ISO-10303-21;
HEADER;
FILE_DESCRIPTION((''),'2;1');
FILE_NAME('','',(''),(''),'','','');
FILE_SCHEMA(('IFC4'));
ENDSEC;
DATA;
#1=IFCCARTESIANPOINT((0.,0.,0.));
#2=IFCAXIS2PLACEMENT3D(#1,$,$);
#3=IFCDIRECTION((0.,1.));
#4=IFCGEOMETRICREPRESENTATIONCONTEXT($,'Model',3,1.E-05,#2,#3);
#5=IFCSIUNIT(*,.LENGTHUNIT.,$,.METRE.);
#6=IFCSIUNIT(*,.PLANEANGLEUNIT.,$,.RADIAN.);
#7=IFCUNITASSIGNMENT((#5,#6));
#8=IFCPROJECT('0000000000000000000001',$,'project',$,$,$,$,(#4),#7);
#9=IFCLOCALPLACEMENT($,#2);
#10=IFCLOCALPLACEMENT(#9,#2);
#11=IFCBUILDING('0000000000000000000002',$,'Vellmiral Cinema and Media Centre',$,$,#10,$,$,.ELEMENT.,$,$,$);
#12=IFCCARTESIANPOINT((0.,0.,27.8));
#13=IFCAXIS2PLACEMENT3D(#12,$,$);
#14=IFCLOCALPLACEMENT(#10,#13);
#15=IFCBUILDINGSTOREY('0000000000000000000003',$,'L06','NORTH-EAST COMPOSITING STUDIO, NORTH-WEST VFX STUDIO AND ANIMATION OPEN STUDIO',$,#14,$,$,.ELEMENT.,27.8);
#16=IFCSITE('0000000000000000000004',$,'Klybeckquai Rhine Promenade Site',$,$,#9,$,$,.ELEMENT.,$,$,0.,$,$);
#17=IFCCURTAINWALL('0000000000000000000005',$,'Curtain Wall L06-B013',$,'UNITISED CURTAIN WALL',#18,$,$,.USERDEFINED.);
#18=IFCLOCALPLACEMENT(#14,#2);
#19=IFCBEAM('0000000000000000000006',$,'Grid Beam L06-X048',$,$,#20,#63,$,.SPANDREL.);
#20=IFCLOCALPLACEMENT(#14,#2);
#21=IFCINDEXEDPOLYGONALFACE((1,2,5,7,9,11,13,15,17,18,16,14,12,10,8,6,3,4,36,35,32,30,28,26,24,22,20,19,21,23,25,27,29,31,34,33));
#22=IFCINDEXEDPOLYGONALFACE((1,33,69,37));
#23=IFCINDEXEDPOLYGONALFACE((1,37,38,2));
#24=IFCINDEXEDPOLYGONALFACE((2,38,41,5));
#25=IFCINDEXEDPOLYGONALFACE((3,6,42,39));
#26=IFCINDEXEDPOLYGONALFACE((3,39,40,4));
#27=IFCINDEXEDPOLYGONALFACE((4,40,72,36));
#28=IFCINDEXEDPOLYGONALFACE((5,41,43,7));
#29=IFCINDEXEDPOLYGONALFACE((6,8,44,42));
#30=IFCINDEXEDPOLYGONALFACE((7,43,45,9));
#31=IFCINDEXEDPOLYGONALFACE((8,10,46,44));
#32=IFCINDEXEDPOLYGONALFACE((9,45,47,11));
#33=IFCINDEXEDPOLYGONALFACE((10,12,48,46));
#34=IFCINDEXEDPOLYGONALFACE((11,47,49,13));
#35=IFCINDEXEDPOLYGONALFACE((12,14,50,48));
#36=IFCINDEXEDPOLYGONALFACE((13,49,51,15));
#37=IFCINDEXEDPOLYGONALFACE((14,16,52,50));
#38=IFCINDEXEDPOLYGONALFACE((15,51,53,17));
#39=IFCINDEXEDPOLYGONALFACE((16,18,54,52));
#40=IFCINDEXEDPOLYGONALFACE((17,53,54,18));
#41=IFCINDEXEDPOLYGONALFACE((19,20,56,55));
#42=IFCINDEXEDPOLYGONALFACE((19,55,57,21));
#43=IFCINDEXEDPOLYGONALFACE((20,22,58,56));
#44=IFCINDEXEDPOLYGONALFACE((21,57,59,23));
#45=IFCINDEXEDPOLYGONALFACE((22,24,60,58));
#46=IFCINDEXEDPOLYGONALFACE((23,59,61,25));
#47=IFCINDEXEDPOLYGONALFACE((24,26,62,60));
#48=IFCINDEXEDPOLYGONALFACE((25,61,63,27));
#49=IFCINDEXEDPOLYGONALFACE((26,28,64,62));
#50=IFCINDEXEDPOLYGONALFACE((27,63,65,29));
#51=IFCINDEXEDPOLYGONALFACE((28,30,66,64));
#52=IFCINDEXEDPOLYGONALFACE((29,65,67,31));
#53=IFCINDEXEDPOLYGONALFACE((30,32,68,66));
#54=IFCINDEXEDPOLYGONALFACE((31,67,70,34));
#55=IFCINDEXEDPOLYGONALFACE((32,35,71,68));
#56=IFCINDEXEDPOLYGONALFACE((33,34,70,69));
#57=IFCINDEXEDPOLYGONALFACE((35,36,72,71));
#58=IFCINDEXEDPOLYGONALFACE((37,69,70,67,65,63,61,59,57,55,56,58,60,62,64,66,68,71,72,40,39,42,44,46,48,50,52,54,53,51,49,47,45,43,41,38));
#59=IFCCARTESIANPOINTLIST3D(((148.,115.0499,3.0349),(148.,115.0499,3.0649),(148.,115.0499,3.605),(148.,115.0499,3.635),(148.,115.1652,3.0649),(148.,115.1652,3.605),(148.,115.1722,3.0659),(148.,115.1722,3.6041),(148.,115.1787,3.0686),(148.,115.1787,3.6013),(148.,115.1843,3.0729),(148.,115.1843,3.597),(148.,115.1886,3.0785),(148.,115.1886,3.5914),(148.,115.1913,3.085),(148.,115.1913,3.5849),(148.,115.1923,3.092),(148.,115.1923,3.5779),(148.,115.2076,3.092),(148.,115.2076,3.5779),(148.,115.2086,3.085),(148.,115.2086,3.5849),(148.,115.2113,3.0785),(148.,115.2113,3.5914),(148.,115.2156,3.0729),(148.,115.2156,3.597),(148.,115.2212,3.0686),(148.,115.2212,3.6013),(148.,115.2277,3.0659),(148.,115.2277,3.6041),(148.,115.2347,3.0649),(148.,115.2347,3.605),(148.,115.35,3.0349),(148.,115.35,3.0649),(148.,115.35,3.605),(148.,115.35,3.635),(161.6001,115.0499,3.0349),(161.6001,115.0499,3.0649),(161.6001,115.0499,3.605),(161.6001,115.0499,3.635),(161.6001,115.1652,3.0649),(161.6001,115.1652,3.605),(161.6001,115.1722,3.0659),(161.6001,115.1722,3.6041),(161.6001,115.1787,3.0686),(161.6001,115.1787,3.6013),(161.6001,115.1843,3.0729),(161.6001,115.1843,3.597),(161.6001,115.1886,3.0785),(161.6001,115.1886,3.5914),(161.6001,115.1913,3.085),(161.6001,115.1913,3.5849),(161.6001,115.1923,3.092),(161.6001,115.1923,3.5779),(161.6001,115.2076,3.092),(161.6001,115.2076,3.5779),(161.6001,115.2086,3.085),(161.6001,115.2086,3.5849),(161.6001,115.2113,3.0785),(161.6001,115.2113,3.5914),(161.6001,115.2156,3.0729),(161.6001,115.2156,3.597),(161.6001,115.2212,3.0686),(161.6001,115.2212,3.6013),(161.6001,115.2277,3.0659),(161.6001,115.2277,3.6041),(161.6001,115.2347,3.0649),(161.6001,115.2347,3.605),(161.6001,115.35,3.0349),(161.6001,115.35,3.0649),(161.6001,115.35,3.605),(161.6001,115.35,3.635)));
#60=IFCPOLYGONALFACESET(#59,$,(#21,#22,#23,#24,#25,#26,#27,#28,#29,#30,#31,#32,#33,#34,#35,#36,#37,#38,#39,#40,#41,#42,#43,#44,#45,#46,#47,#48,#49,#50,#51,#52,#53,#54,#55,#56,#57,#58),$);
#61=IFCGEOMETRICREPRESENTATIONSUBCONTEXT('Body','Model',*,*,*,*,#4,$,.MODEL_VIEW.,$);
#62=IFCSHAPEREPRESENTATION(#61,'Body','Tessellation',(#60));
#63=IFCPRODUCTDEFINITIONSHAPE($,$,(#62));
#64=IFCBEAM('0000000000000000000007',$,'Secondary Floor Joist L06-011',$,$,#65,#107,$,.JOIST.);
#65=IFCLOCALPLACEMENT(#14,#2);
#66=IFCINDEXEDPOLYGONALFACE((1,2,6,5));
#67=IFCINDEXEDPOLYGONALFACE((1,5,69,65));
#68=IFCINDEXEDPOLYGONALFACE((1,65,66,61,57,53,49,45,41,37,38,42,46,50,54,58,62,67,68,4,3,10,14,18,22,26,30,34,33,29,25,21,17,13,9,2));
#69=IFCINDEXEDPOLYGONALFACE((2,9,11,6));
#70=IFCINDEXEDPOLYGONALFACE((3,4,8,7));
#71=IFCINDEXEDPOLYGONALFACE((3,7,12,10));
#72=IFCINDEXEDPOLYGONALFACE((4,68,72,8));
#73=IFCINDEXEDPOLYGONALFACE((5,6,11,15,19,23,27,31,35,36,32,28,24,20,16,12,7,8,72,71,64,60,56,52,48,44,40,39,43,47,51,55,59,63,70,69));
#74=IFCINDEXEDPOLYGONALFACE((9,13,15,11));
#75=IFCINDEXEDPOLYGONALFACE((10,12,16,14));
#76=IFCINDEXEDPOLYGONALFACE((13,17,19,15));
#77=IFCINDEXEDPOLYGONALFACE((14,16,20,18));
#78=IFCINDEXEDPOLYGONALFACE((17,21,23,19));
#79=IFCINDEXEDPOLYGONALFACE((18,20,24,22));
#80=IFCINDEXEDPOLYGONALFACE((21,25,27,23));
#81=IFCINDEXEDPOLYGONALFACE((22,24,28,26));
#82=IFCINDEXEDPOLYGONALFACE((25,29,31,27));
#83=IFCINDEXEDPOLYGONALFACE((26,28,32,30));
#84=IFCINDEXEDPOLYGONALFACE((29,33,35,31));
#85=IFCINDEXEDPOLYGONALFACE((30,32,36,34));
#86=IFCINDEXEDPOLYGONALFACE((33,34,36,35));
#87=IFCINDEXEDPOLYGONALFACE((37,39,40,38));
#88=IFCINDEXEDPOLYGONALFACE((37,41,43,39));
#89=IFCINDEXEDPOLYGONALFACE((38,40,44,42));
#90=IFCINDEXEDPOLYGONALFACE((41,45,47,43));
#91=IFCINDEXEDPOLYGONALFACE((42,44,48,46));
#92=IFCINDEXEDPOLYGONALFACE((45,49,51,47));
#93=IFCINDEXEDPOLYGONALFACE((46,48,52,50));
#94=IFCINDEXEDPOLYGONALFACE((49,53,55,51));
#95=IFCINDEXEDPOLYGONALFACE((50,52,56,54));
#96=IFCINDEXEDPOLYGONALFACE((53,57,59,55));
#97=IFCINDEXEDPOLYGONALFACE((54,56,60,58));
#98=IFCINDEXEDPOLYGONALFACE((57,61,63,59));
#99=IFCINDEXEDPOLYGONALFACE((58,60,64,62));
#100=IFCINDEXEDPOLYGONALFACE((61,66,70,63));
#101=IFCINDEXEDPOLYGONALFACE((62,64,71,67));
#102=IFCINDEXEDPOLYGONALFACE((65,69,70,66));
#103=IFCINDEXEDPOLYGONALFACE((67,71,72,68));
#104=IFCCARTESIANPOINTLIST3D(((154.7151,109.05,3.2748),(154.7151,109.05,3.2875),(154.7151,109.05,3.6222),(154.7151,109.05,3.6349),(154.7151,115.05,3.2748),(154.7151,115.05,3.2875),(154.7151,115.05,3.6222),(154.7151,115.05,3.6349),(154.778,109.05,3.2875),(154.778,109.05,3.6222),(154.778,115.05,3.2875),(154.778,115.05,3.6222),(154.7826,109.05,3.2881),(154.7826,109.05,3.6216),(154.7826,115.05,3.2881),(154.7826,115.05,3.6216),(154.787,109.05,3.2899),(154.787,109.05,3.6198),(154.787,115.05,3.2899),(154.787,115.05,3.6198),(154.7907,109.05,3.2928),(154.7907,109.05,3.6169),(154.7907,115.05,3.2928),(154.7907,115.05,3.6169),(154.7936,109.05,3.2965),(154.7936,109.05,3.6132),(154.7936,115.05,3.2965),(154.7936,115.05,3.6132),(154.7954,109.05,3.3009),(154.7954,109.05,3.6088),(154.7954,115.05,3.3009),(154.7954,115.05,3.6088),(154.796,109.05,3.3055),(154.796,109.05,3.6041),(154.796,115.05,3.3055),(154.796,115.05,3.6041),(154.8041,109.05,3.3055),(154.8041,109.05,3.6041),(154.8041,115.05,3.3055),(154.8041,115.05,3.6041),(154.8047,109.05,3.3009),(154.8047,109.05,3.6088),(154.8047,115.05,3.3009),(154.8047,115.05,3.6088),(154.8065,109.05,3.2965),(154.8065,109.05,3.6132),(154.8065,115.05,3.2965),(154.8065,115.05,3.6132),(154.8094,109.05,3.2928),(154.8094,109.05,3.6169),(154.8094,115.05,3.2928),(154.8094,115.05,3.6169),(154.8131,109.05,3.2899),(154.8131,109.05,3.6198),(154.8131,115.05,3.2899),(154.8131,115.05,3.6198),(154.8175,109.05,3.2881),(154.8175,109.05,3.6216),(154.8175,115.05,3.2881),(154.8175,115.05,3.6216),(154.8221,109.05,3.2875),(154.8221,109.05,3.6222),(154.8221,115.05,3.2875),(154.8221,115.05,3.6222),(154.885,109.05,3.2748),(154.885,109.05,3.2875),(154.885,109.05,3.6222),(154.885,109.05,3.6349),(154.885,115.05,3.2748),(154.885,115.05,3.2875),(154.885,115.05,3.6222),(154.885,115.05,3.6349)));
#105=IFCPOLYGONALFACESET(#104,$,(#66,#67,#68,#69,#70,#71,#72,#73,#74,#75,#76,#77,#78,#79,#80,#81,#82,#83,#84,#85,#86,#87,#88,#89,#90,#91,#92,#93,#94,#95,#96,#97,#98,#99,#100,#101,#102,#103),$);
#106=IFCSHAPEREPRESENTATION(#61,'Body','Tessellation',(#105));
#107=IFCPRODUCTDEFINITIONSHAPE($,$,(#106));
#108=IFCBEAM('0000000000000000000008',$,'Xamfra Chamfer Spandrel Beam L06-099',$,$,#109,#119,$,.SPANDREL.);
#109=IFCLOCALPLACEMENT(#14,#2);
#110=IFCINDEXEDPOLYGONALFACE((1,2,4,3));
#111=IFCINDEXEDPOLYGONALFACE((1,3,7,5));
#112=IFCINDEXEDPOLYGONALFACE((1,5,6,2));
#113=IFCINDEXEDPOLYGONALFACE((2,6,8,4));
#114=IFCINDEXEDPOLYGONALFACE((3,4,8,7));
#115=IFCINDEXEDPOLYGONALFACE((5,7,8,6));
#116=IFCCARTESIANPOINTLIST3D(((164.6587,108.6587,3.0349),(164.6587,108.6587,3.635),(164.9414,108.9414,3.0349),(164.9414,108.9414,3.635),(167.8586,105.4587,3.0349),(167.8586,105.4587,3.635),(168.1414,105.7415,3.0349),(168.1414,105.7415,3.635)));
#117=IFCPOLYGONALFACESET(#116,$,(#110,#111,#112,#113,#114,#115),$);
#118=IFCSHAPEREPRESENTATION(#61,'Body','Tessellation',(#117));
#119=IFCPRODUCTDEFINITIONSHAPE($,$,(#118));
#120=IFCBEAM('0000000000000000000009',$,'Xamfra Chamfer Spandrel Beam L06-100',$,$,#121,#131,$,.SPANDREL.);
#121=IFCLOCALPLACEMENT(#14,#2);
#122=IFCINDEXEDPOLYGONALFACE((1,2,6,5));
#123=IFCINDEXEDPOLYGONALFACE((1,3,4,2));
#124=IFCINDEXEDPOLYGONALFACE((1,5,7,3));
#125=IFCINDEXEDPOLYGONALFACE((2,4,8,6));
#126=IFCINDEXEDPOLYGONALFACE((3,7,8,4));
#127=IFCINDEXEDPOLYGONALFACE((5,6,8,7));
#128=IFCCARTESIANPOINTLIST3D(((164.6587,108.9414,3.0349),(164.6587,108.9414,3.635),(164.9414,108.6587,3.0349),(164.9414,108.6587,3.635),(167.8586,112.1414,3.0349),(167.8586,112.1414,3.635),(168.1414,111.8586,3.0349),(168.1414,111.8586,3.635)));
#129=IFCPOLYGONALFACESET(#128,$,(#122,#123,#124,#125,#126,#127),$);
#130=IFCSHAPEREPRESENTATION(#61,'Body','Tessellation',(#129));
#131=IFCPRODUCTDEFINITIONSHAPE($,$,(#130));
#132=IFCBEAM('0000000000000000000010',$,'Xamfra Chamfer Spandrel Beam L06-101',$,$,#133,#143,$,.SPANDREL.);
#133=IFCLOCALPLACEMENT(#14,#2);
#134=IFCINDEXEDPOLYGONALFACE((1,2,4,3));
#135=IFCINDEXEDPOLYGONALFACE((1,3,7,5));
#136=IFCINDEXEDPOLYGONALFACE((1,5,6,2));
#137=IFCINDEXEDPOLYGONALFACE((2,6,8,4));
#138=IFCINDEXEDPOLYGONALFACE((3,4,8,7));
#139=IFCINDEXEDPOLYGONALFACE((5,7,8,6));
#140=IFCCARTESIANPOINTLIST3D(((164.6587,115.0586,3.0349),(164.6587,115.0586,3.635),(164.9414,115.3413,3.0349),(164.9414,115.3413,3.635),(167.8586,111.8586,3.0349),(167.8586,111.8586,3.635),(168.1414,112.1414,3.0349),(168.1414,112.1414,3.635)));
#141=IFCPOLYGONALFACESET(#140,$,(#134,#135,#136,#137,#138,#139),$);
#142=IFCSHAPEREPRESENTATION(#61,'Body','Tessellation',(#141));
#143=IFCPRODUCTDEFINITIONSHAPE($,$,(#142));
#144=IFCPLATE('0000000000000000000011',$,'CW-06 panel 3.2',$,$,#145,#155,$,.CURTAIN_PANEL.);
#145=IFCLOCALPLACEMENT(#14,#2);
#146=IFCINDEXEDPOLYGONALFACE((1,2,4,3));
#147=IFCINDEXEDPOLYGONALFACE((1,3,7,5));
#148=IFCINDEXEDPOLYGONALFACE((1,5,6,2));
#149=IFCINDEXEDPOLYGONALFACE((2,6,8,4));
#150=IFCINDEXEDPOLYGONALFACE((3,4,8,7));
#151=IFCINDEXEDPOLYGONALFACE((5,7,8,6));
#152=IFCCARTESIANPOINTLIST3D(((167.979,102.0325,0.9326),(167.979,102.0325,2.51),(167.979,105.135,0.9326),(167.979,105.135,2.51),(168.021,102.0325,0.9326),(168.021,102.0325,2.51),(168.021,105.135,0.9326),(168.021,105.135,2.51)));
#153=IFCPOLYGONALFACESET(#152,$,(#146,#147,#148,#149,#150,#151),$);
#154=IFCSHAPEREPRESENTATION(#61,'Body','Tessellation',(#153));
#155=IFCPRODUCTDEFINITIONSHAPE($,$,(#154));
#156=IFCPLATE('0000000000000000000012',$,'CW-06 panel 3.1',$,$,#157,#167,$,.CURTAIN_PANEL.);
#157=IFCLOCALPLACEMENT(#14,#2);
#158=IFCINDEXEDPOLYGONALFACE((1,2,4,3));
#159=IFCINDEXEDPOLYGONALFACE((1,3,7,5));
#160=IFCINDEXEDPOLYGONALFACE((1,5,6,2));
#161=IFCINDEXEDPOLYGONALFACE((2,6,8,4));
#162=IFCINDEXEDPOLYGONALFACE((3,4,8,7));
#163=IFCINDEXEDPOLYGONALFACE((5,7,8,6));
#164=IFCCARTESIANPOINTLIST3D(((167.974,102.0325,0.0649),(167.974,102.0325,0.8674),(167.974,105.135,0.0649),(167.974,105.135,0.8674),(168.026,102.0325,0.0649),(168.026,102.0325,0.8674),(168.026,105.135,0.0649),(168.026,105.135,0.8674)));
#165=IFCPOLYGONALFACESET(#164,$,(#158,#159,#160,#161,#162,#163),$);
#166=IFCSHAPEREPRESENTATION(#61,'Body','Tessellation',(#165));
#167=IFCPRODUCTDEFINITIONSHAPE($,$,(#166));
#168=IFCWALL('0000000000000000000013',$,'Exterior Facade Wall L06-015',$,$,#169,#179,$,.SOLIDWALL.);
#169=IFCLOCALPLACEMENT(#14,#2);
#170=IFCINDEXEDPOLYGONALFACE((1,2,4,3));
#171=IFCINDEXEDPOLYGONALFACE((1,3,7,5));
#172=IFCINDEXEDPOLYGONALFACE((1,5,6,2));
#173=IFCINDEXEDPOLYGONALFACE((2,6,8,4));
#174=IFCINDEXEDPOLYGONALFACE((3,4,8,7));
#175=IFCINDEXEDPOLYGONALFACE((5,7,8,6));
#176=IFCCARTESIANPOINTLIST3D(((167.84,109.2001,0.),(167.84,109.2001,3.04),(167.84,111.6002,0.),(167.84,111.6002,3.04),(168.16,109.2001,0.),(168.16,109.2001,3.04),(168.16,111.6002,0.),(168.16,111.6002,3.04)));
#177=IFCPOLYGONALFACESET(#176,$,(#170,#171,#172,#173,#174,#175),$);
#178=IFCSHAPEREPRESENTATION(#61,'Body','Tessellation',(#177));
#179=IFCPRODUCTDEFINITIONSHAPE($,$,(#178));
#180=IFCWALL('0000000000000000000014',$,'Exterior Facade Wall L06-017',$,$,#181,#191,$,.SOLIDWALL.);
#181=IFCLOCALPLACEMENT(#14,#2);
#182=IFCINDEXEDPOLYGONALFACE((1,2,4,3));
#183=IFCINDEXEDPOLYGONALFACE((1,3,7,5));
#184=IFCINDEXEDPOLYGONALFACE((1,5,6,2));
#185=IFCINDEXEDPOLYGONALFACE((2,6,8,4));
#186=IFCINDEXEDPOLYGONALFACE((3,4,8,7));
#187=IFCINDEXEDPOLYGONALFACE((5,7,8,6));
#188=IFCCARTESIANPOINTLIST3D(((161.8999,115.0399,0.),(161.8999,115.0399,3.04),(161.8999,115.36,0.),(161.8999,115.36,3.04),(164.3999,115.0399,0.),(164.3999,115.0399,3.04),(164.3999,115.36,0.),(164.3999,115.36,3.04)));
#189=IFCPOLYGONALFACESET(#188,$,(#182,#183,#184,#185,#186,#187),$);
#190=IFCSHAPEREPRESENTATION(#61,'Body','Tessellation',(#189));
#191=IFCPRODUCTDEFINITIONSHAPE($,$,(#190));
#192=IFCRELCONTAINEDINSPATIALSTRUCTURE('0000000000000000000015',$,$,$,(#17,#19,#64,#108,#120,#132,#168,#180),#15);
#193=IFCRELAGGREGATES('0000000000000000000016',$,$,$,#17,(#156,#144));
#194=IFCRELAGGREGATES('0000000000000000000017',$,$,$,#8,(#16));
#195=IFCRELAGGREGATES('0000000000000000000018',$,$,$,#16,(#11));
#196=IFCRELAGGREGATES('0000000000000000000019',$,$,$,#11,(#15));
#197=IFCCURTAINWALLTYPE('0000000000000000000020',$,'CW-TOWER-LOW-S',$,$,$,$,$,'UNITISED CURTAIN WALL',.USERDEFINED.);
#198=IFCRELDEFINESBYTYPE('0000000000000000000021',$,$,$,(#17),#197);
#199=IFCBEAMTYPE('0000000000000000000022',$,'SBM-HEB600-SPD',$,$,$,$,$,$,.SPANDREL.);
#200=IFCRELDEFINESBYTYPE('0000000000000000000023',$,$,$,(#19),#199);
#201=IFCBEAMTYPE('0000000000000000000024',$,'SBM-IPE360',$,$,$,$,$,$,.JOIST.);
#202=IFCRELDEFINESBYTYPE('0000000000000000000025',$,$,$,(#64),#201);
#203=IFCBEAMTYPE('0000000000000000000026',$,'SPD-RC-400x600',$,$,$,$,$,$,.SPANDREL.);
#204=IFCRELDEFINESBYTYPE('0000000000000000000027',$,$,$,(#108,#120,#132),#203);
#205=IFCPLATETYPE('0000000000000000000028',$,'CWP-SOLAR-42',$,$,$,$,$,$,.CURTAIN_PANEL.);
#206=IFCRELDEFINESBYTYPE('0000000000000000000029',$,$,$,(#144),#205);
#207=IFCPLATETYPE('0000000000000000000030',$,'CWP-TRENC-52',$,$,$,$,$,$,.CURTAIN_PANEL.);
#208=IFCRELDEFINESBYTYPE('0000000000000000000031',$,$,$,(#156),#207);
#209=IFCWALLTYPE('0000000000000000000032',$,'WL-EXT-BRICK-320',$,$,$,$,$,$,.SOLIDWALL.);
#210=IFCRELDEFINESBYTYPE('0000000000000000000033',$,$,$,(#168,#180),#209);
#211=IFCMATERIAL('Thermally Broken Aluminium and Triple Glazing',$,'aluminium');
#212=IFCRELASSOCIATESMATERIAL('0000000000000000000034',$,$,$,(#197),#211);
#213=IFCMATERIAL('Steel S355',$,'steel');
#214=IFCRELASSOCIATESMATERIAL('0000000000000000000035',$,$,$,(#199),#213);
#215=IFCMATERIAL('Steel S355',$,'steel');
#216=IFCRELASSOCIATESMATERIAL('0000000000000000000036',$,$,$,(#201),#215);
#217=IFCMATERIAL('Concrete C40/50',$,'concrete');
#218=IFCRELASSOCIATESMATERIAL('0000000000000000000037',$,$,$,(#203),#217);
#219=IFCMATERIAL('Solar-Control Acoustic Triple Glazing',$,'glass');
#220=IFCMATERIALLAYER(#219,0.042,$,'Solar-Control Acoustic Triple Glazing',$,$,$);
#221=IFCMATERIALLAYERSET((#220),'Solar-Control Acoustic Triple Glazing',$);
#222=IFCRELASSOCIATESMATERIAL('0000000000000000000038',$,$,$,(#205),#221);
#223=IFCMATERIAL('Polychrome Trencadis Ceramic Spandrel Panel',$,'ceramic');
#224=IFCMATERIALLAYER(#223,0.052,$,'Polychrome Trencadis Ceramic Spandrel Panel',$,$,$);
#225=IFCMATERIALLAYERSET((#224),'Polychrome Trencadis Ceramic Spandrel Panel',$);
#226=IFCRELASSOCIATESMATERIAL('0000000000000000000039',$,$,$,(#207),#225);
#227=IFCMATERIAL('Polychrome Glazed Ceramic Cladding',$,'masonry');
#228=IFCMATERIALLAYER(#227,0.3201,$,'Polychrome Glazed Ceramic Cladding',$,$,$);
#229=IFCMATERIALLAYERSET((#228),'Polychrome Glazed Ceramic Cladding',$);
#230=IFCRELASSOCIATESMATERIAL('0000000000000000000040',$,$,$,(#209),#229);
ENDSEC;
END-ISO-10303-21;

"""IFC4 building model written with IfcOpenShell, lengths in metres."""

from ifc_helpers import new_model, si_unit, direction, frame, frame_2d, origin, origin_2d, place, context, subcontext, project, spatial, rectangle, i_section, extrude, material, layer, layer_set, material_profile, profile_set, type_object, element, aggregate, save


model = new_model("IFC4")

# Units and contexts
model_context = context("Model", 3, precision=1e-05, world=origin(), true_north=direction((0.0, 1.0)))
body_context = subcontext(model_context, "Body", "Model", "MODEL_VIEW")
ifc_project = project(units=[si_unit("LENGTHUNIT", "METRE"), si_unit("PLANEANGLEUNIT", "RADIAN")], contexts=[model_context])

# Site, building, storey
site_placement = place(None, origin())
site = spatial("IfcSite", under=ifc_project, at=site_placement, Name="Klybeckquai Rhine Promenade Site", CompositionType="ELEMENT", RefElevation=0.0)
building_placement = place(site_placement, origin())
building = spatial("IfcBuilding", under=site, at=building_placement, Name="Vellmiral Cinema and Media Centre", CompositionType="ELEMENT")
storey_placement = place(building_placement, frame((0.0, 0.0, 27.8)))
storey = spatial("IfcBuildingStorey", under=building, at=storey_placement, Name="L06", Description="NORTH-EAST COMPOSITING STUDIO, NORTH-WEST VFX STUDIO AND ANIMATION OPEN STUDIO", CompositionType="ELEMENT", Elevation=27.8)

# Curtain wall
ifc_material_1 = material(Name="Thermally Broken Aluminium and Triple Glazing", Category="aluminium")
curtain_wall_type = type_object("IfcCurtainWallType", Name="CW-TOWER-LOW-S", ElementType="UNITISED CURTAIN WALL", PredefinedType="USERDEFINED", material=ifc_material_1)
curtain_wall_placement = place(storey_placement, origin())
curtain_wall = element("IfcCurtainWall", 1, at=curtain_wall_placement, inside=storey, type_object=curtain_wall_type, Name="Curtain Wall L06-B013", ObjectType="UNITISED CURTAIN WALL", PredefinedType="USERDEFINED")

# Beams
ifc_material_2 = material(Name="Steel S355", Category="steel")
ifc_material_profile_1 = material_profile(ifc_material_2, i_section(OverallWidth=0.3, OverallDepth=0.6001, WebThickness=0.0154, FlangeThickness=0.03, FilletRadius=0.0271, at=origin_2d()), Name="HEB 600")
ifc_profile_set_1 = profile_set([ifc_material_profile_1], Name="Steel S355")
beam_type_1 = type_object("IfcBeamType", Name="SBM-HEB600-SPD", PredefinedType="SPANDREL", material=ifc_profile_set_1)
beam_1_placement = place(storey_placement, frame((148.0, 115.2, 3.335), z_axis=(1.0, 0.0, 0.0), x_axis=(0.0, 1.0, 0.0)))
element("IfcBeam", 2, at=beam_1_placement, inside=storey, type_object=beam_type_1, Name="Grid Beam L06-X048", PredefinedType="SPANDREL", context=body_context, shape_type="SweptSolid", body=[
    extrude(i_section(OverallWidth=0.3, OverallDepth=0.6001, WebThickness=0.0154, FlangeThickness=0.03, FilletRadius=0.0271, at=origin_2d()), origin(), (0.0, 0.0, 1.0), 13.6001),
])
ifc_material_3 = material(Name="Steel S355", Category="steel")
ifc_material_profile_2 = material_profile(ifc_material_3, i_section(OverallWidth=0.1699, OverallDepth=0.3601, WebThickness=0.0081, FlangeThickness=0.0127, FilletRadius=0.0181, at=origin_2d()), Name="IPE 360")
ifc_profile_set_2 = profile_set([ifc_material_profile_2], Name="Steel S355")
beam_type_2 = type_object("IfcBeamType", Name="SBM-IPE360", PredefinedType="JOIST", material=ifc_profile_set_2)
beam_2_placement = place(storey_placement, frame((154.8, 109.05, 3.4548), z_axis=(0.0, 1.0, 0.0), x_axis=(-1.0, 0.0, 0.0)))
element("IfcBeam", 3, at=beam_2_placement, inside=storey, type_object=beam_type_2, Name="Secondary Floor Joist L06-011", PredefinedType="JOIST", context=body_context, shape_type="SweptSolid", body=[
    extrude(i_section(OverallWidth=0.1699, OverallDepth=0.3601, WebThickness=0.0081, FlangeThickness=0.0127, FilletRadius=0.0181, at=origin_2d()), origin(), (0.0, 0.0, 1.0), 6.0),
])
ifc_material_4 = material(Name="Concrete C40/50", Category="concrete")
ifc_material_profile_3 = material_profile(ifc_material_4, rectangle(XDim=0.3999, YDim=0.6001, at=origin_2d()), Name="RC 400x600")
ifc_profile_set_3 = profile_set([ifc_material_profile_3], Name="Concrete C40/50")
beam_type_3 = type_object("IfcBeamType", Name="SPD-RC-400x600", PredefinedType="SPANDREL", material=ifc_profile_set_3)
for number, where, z_axis, x_axis, name in (
    (4, (164.8, 108.8, 3.335), (0.707107, -0.707107, 0.0), (0.707107, 0.707107, 0.0), "Xamfra Chamfer Spandrel Beam L06-099"),
    (5, (164.8, 108.8, 3.335), (0.707107, 0.707107, 0.0), (-0.707107, 0.707107, 0.0), "Xamfra Chamfer Spandrel Beam L06-100"),
    (6, (164.8, 115.2, 3.335), (0.707107, -0.707107, 0.0), (0.707107, 0.707107, 0.0), "Xamfra Chamfer Spandrel Beam L06-101"),
):
    element("IfcBeam", number, at=place(storey_placement, frame(where, z_axis=z_axis, x_axis=x_axis)), inside=storey, type_object=beam_type_3, Name=name, PredefinedType="SPANDREL", context=body_context, shape_type="SweptSolid", body=[
        extrude(rectangle(XDim=0.3999, YDim=0.6001, at=origin_2d()), origin(), (0.0, 0.0, 1.0), 4.5254),
    ])

# Plates
ifc_material_5 = material(Name="Solar-Control Acoustic Triple Glazing", Category="glass")
ifc_layer_1 = layer(ifc_material_5, 0.042, Name="Solar-Control Acoustic Triple Glazing")
ifc_layer_set_1 = layer_set([ifc_layer_1], Name="Solar-Control Acoustic Triple Glazing")
plate_type_1 = type_object("IfcPlateType", Name="CWP-SOLAR-42", PredefinedType="CURTAIN_PANEL", material=ifc_layer_set_1)
plate_1_placement = place(storey_placement, frame((168.0, 103.5837, 0.9326), z_axis=(0.0, 0.0, 1.0), x_axis=(0.0, 1.0, 0.0)))
plate_1 = element("IfcPlate", 7, at=plate_1_placement, type_object=plate_type_1, Name="CW-06 panel 3.2", PredefinedType="CURTAIN_PANEL", context=body_context, shape_type="SweptSolid", body=[
    extrude(rectangle(XDim=3.1025, YDim=0.042, at=origin_2d()), origin(), (0.0, 0.0, 1.0), 1.5774),
])
ifc_material_6 = material(Name="Polychrome Trencadis Ceramic Spandrel Panel", Category="ceramic")
ifc_layer_2 = layer(ifc_material_6, 0.052, Name="Polychrome Trencadis Ceramic Spandrel Panel")
ifc_layer_set_2 = layer_set([ifc_layer_2], Name="Polychrome Trencadis Ceramic Spandrel Panel")
plate_type_2 = type_object("IfcPlateType", Name="CWP-TRENC-52", PredefinedType="CURTAIN_PANEL", material=ifc_layer_set_2)
plate_2_placement = place(storey_placement, frame((168.0, 103.5837, 0.0649), z_axis=(0.0, 0.0, 1.0), x_axis=(0.0, 1.0, 0.0)))
plate_2 = element("IfcPlate", 8, at=plate_2_placement, type_object=plate_type_2, Name="CW-06 panel 3.1", PredefinedType="CURTAIN_PANEL", context=body_context, shape_type="SweptSolid", body=[
    extrude(rectangle(XDim=3.1025, YDim=0.052, at=origin_2d()), origin(), (0.0, 0.0, 1.0), 0.8025),
])
aggregate(curtain_wall, [plate_2, plate_1])

# Walls
ifc_material_7 = material(Name="Polychrome Glazed Ceramic Cladding", Category="masonry")
ifc_layer_3 = layer(ifc_material_7, 0.3201, Name="Polychrome Glazed Ceramic Cladding")
ifc_layer_set_3 = layer_set([ifc_layer_3], Name="Polychrome Glazed Ceramic Cladding")
wall_type_1 = type_object("IfcWallType", Name="WL-EXT-BRICK-320", PredefinedType="SOLIDWALL", material=ifc_layer_set_3)
wall_1_placement = place(storey_placement, frame((168.0, 109.2, 0.0), z_axis=(0.0, 0.0, 1.0), x_axis=(0.0, 1.0, 0.0)))
element("IfcWall", 9, at=wall_1_placement, inside=storey, type_object=wall_type_1, Name="Exterior Facade Wall L06-015", PredefinedType="SOLIDWALL", context=body_context, shape_type="SweptSolid", body=[
    extrude(rectangle(XDim=2.4001, YDim=0.3201, at=frame_2d((1.2002, 0.0))), origin(), (0.0, 0.0, 1.0), 3.04),
])
wall_2_placement = place(storey_placement, frame((164.3999, 115.2, 0.0), z_axis=(0.0, 0.0, 1.0), x_axis=(-1.0, 0.0, 0.0)))
element("IfcWall", 10, at=wall_2_placement, inside=storey, type_object=wall_type_1, Name="Exterior Facade Wall L06-017", PredefinedType="SOLIDWALL", context=body_context, shape_type="SweptSolid", body=[
    extrude(rectangle(XDim=2.5, YDim=0.3201, at=frame_2d((1.25, 0.0))), origin(), (0.0, 0.0, 1.0), 3.04),
])

save(model, "model.ifc")
